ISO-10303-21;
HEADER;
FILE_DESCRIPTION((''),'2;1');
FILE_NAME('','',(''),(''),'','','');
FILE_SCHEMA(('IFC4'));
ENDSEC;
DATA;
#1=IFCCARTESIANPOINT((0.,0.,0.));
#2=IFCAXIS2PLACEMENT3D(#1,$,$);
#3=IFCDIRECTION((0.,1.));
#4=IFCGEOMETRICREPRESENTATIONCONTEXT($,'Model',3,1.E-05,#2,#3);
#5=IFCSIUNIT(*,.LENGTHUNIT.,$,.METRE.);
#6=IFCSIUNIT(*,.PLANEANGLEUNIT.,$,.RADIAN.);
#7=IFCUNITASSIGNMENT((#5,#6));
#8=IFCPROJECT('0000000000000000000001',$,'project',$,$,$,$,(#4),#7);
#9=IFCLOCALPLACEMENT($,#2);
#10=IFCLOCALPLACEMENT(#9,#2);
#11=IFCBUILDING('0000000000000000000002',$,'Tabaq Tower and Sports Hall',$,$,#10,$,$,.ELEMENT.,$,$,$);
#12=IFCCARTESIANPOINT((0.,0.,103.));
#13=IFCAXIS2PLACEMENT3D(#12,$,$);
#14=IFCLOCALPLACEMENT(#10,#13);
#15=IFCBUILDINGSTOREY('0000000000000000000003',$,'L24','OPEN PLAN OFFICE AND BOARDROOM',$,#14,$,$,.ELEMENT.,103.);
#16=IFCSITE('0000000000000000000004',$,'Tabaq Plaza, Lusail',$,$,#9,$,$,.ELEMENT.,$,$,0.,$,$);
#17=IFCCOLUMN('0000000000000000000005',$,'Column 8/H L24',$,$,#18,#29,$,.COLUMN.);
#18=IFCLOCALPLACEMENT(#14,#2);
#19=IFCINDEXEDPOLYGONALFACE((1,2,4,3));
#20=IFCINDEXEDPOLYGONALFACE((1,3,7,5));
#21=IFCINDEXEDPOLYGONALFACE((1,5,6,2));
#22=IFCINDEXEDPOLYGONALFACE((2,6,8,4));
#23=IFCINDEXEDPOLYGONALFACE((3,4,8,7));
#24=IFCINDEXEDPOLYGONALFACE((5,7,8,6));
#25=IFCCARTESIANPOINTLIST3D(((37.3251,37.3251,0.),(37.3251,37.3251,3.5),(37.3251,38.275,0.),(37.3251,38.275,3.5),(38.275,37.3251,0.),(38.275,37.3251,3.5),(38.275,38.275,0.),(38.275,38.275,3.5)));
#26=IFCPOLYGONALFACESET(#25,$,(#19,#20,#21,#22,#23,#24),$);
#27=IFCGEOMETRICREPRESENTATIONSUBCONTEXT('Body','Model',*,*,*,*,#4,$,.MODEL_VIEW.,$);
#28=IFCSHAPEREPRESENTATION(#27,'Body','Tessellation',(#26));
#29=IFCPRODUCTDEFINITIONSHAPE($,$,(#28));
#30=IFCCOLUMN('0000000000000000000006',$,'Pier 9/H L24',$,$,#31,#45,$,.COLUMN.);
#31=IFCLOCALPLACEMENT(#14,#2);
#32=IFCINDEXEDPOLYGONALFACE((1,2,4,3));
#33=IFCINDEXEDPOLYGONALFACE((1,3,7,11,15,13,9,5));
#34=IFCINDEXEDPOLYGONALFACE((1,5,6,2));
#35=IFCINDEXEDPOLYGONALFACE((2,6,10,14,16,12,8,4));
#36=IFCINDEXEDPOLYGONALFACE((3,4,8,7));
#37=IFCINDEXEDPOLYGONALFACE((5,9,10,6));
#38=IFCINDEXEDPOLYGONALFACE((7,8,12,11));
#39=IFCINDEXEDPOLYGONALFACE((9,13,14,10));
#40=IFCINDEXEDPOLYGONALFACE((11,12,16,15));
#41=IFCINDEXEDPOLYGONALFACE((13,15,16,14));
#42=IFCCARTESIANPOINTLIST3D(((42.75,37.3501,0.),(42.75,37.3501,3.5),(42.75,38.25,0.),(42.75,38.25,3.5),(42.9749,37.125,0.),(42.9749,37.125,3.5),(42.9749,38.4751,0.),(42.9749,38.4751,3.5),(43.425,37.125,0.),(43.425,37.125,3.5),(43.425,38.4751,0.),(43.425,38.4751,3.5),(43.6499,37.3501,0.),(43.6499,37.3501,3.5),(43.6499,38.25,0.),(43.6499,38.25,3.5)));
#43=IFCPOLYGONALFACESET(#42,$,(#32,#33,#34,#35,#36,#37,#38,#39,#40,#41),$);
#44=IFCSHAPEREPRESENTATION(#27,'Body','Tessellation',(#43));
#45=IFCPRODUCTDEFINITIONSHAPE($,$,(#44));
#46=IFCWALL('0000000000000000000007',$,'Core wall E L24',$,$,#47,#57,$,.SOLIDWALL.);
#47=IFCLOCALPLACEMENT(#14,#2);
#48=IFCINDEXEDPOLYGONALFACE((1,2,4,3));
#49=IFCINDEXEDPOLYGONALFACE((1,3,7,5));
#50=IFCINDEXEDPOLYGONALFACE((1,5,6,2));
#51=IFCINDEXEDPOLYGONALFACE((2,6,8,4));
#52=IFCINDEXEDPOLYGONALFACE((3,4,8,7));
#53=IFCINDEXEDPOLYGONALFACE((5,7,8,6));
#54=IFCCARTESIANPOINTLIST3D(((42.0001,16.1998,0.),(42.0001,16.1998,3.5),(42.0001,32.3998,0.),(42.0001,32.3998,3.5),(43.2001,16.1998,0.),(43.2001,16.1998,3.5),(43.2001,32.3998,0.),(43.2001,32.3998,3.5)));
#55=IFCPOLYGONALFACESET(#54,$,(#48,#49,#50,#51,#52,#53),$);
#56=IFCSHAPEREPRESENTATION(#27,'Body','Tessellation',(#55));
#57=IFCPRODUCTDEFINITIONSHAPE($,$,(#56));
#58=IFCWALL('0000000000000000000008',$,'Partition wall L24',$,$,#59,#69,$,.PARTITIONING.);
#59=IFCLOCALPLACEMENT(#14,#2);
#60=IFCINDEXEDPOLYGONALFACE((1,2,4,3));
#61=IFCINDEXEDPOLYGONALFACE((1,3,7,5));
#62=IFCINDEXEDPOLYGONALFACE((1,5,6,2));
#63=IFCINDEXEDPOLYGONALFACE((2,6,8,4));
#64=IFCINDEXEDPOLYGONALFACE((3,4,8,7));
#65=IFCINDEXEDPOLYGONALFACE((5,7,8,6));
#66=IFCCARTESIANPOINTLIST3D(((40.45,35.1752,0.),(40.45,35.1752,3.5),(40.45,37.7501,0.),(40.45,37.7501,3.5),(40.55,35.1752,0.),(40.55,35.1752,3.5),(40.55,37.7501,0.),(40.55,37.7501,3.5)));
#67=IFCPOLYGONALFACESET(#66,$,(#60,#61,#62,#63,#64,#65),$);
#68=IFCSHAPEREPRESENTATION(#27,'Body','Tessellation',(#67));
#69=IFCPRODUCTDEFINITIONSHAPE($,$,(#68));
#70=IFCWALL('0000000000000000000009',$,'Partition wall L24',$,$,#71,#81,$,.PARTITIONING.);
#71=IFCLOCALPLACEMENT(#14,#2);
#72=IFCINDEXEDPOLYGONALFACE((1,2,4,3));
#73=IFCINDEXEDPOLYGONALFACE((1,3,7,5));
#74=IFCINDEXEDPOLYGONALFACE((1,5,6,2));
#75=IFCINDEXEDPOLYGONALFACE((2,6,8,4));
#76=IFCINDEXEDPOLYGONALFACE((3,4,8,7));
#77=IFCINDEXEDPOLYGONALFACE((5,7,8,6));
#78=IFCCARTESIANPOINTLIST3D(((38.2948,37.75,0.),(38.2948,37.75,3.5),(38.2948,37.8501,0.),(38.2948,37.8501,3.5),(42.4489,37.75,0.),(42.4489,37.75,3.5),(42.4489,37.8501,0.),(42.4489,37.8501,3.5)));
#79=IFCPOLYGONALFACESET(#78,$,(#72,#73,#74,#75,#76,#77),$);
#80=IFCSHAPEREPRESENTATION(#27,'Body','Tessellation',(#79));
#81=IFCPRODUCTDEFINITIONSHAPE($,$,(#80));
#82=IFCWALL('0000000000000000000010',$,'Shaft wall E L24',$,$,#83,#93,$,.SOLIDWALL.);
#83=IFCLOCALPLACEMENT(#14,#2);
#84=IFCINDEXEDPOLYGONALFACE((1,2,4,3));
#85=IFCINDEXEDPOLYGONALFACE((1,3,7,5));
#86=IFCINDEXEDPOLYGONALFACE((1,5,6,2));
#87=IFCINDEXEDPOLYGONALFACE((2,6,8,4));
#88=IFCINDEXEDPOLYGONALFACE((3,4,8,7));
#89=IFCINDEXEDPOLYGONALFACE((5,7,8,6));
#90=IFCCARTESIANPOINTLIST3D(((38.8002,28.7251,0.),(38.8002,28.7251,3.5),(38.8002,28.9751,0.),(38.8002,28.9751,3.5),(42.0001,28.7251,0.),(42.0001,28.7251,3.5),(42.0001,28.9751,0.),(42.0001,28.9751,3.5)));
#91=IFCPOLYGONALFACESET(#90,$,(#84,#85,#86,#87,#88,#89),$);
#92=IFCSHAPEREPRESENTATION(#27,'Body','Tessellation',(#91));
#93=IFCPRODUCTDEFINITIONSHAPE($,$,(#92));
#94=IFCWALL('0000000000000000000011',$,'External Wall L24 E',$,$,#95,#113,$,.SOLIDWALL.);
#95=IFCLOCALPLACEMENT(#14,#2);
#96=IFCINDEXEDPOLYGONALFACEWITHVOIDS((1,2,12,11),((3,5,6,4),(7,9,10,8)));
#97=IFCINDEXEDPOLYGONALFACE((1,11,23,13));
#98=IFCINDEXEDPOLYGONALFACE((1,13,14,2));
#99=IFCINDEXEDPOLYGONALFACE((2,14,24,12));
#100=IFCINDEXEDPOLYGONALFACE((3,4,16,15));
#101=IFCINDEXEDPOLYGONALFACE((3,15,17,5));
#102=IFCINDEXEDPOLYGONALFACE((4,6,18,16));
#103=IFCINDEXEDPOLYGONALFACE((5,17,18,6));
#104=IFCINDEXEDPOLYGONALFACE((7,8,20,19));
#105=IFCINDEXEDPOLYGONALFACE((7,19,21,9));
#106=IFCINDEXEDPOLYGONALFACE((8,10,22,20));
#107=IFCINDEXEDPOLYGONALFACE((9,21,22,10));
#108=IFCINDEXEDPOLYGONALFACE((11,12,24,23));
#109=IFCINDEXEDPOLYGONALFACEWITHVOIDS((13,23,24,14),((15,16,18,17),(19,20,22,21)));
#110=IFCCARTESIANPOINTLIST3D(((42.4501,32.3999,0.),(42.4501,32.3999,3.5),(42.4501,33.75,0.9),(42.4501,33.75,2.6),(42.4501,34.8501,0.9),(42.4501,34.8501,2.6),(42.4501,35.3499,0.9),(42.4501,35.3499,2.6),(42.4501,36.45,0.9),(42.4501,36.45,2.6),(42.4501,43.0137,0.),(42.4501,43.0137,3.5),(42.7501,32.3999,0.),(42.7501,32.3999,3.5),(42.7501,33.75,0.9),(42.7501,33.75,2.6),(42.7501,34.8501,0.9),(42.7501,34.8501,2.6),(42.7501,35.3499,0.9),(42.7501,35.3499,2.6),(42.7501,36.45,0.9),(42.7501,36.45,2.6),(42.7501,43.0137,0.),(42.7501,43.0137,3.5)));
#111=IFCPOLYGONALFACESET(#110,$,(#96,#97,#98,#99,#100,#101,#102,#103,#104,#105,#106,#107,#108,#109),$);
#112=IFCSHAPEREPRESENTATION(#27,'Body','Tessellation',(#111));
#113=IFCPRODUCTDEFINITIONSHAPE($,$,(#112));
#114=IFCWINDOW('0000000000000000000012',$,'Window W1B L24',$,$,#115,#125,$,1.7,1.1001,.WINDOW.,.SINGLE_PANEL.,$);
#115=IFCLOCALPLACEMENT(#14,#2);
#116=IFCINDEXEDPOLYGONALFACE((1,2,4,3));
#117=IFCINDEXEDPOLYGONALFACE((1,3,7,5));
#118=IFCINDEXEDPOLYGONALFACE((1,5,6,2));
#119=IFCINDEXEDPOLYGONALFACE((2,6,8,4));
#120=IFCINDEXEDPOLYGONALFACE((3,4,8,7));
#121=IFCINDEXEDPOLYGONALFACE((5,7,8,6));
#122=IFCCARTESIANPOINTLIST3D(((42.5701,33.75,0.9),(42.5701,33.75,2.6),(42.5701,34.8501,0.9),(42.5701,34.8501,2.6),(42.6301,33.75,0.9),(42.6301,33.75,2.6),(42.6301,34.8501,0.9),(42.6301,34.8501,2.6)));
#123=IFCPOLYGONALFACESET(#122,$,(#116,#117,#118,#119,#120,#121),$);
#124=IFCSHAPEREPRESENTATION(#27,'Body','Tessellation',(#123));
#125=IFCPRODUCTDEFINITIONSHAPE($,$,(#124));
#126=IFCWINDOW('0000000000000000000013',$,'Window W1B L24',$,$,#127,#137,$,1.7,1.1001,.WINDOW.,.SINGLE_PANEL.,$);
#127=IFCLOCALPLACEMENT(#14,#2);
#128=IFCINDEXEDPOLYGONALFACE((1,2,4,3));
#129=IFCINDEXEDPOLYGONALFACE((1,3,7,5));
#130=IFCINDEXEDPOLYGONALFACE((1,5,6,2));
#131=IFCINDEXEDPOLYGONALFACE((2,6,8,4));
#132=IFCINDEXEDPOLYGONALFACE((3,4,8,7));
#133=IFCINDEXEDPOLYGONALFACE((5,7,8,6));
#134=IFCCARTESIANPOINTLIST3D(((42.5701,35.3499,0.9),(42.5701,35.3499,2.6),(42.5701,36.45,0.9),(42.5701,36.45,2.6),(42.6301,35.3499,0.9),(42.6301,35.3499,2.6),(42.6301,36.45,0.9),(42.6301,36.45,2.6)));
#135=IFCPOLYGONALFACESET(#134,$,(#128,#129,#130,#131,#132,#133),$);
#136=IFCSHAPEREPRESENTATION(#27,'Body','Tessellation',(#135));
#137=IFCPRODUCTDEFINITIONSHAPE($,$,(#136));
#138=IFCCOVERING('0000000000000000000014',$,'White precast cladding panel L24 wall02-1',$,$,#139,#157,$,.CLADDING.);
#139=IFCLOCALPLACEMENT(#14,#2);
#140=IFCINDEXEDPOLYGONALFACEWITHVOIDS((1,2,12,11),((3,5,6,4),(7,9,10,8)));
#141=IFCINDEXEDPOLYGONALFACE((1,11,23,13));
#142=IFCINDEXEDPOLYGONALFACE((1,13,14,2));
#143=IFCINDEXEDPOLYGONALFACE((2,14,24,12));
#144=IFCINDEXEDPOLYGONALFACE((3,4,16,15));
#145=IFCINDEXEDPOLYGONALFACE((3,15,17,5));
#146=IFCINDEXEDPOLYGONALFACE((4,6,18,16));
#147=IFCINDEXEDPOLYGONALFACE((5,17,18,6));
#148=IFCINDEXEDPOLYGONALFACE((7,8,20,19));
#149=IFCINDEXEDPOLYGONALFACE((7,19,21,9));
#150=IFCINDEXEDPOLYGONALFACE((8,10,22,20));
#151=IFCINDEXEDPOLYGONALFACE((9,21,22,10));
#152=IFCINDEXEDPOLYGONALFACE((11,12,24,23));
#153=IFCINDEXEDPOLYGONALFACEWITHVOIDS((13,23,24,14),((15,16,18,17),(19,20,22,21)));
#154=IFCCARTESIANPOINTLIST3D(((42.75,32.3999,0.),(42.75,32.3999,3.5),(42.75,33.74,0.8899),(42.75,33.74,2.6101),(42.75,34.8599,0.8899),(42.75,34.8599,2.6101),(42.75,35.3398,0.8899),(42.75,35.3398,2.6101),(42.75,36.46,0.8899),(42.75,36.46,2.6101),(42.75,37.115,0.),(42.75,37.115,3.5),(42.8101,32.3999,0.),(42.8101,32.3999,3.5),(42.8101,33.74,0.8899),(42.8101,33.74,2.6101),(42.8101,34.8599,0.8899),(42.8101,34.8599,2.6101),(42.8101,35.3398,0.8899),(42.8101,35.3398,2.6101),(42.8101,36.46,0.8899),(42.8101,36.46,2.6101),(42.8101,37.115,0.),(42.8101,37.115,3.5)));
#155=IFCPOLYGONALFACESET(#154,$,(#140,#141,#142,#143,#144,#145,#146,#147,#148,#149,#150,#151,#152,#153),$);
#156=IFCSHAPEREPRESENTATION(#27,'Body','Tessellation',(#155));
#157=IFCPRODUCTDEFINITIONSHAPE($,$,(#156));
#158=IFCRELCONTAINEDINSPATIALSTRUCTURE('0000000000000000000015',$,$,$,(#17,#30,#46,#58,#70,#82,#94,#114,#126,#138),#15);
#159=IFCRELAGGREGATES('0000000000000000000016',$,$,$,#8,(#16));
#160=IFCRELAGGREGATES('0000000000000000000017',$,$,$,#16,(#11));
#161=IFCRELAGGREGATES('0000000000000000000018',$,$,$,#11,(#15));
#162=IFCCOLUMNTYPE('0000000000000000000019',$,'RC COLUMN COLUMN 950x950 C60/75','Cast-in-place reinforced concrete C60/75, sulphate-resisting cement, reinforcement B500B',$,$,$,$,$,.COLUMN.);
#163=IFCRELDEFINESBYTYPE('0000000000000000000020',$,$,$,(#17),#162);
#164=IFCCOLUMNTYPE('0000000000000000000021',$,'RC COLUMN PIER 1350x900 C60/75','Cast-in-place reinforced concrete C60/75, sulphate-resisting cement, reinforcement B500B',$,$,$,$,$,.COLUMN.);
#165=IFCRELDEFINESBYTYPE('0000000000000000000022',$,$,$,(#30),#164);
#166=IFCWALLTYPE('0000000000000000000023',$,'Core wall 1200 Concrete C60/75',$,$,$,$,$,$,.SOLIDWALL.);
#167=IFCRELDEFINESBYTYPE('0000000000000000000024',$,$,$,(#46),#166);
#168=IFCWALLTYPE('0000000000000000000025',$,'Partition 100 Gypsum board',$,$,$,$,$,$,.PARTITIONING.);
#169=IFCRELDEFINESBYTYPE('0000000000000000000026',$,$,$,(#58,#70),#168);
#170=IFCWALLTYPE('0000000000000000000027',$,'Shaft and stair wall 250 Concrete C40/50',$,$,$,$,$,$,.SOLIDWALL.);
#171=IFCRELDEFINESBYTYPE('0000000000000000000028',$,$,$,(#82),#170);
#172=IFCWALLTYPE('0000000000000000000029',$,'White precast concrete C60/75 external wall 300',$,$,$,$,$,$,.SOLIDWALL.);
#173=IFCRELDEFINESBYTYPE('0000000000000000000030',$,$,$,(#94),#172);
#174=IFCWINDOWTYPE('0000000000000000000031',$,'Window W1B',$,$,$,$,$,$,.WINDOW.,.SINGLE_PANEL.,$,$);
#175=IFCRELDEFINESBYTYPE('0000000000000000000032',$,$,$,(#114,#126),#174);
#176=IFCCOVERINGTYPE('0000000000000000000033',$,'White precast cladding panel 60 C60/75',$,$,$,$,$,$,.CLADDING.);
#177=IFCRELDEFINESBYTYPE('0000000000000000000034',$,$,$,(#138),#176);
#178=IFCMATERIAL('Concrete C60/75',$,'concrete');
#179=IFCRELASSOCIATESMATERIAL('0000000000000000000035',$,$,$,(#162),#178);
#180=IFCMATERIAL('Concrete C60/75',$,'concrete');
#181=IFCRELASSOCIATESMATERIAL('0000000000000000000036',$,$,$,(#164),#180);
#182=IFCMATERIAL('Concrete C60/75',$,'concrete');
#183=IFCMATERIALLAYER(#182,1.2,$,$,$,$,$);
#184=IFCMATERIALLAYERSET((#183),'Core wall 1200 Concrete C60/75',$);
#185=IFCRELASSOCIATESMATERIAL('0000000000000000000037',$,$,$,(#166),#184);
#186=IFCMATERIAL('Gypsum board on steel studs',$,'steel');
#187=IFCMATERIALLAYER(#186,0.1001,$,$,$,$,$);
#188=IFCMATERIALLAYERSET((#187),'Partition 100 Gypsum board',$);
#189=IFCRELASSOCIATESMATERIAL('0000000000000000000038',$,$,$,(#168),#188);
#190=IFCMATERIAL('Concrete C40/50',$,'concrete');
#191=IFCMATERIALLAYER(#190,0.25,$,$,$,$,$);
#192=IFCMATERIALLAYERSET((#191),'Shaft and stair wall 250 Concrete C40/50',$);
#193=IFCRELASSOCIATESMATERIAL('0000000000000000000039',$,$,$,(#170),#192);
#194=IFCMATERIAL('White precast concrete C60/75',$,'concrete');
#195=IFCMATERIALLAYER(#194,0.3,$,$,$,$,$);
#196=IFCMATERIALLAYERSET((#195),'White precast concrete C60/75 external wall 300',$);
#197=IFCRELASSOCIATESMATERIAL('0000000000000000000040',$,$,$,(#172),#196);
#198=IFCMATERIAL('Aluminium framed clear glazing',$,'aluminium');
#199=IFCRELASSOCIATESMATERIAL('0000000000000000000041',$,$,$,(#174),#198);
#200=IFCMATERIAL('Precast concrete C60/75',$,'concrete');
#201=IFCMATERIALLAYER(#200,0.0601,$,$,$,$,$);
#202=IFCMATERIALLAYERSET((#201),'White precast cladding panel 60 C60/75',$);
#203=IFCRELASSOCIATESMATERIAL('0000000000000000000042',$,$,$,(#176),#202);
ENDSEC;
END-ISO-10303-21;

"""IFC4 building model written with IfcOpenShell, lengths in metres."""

from ifc_helpers import new_model, si_unit, direction, frame, frame_2d, origin, origin_2d, place, context, subcontext, project, spatial, polyline, rectangle, outline, extrude, material, layer, layer_set, material_profile, profile_set, type_object, element, fill, save


model = new_model("IFC4")

# Units and contexts
model_context = context("Model", 3, precision=1e-05, world=origin(), true_north=direction((0.0, 1.0)))
body_context = subcontext(model_context, "Body", "Model", "MODEL_VIEW")
ifc_project = project(units=[si_unit("LENGTHUNIT", "METRE"), si_unit("PLANEANGLEUNIT", "RADIAN")], contexts=[model_context])

# Site, building, storey
site_placement = place(None, origin())
site = spatial("IfcSite", under=ifc_project, at=site_placement, Name="Tabaq Plaza, Lusail", CompositionType="ELEMENT", RefElevation=0.0)
building_placement = place(site_placement, origin())
building = spatial("IfcBuilding", under=site, at=building_placement, Name="Tabaq Tower and Sports Hall", CompositionType="ELEMENT")
storey_placement = place(building_placement, frame((0.0, 0.0, 103.0)))
storey = spatial("IfcBuildingStorey", under=building, at=storey_placement, Name="L24", Description="OPEN PLAN OFFICE AND BOARDROOM", CompositionType="ELEMENT", Elevation=103.0)

# Columns
ifc_material_1 = material(Name="Concrete C60/75", Category="concrete")
ifc_material_profile_1 = material_profile(ifc_material_1, rectangle(XDim=0.95, YDim=0.95, at=origin_2d()), Name="COLUMN 950x950")
ifc_profile_set_1 = profile_set([ifc_material_profile_1], Name="Concrete C60/75")
column_type_1 = type_object("IfcColumnType", Name="RC COLUMN COLUMN 950x950 C60/75", Description="Cast-in-place reinforced concrete C60/75, sulphate-resisting cement, reinforcement B500B", PredefinedType="COLUMN", material=ifc_profile_set_1)
column_1_placement = place(storey_placement, frame((37.8, 37.8, 0.0), z_axis=(0.0, 0.0, 1.0), x_axis=(1.0, 0.0, 0.0)))
element("IfcColumn", 1, at=column_1_placement, inside=storey, type_object=column_type_1, Name="Column 8/H L24", PredefinedType="COLUMN", context=body_context, shape_type="SweptSolid", body=[
    extrude(rectangle(XDim=0.95, YDim=0.95, at=origin_2d()), origin(), (0.0, 0.0, 1.0), 3.5),
])
ifc_material_2 = material(Name="Concrete C60/75", Category="concrete")
ifc_material_profile_2 = material_profile(ifc_material_2, outline(polyline([(-0.45, -0.45), (0.45, -0.45), (0.675, -0.2251), (0.675, 0.2251), (0.45, 0.45), (-0.45, 0.45), (-0.675, 0.2251), (-0.675, -0.2251), (-0.45, -0.45)])), Name="PIER 1350x900")
ifc_profile_set_2 = profile_set([ifc_material_profile_2], Name="Concrete C60/75")
column_type_2 = type_object("IfcColumnType", Name="RC COLUMN PIER 1350x900 C60/75", Description="Cast-in-place reinforced concrete C60/75, sulphate-resisting cement, reinforcement B500B", PredefinedType="COLUMN", material=ifc_profile_set_2)
column_2_placement = place(storey_placement, frame((43.2, 37.8, 0.0), z_axis=(0.0, 0.0, 1.0), x_axis=(0.0, 1.0, 0.0)))
element("IfcColumn", 2, at=column_2_placement, inside=storey, type_object=column_type_2, Name="Pier 9/H L24", PredefinedType="COLUMN", context=body_context, shape_type="SweptSolid", body=[
    extrude(outline(polyline([(-0.45, -0.45), (0.45, -0.45), (0.675, -0.2251), (0.675, 0.2251), (0.45, 0.45), (-0.45, 0.45), (-0.675, 0.2251), (-0.675, -0.2251), (-0.45, -0.45)])), origin(), (0.0, 0.0, 1.0), 3.5),
])

# Walls
ifc_material_3 = material(Name="Concrete C60/75", Category="concrete")
ifc_layer_1 = layer(ifc_material_3, 1.2)
ifc_layer_set_1 = layer_set([ifc_layer_1], Name="Core wall 1200 Concrete C60/75")
wall_type_1 = type_object("IfcWallType", Name="Core wall 1200 Concrete C60/75", PredefinedType="SOLIDWALL", material=ifc_layer_set_1)
wall_1_placement = place(storey_placement, frame((42.6001, 32.3999, 0.0), z_axis=(0.0, 0.0, 1.0), x_axis=(0.0, -1.0, 0.0)))
element("IfcWall", 3, at=wall_1_placement, inside=storey, type_object=wall_type_1, Name="Core wall E L24", PredefinedType="SOLIDWALL", context=body_context, shape_type="SweptSolid", body=[
    extrude(rectangle(XDim=16.2, YDim=1.2, at=frame_2d((8.1001, 0.0))), origin(), (0.0, 0.0, 1.0), 3.5),
])
ifc_material_4 = material(Name="Gypsum board on steel studs", Category="steel")
ifc_layer_2 = layer(ifc_material_4, 0.1001)
ifc_layer_set_2 = layer_set([ifc_layer_2], Name="Partition 100 Gypsum board")
wall_type_2 = type_object("IfcWallType", Name="Partition 100 Gypsum board", PredefinedType="PARTITIONING", material=ifc_layer_set_2)
wall_2_placement = place(storey_placement, frame((40.5, 35.175, 0.0), z_axis=(0.0, 0.0, 1.0), x_axis=(0.0, 1.0, 0.0)))
element("IfcWall", 4, at=wall_2_placement, inside=storey, type_object=wall_type_2, Name="Partition wall L24", PredefinedType="PARTITIONING", context=body_context, shape_type="SweptSolid", body=[
    extrude(rectangle(XDim=2.575, YDim=0.1001, at=frame_2d((1.2876, 0.0))), origin(), (0.0, 0.0, 1.0), 3.5),
])
wall_3_placement = place(storey_placement, frame((42.449, 37.8, 0.0), z_axis=(0.0, 0.0, 1.0), x_axis=(-1.0, 0.0, 0.0)))
element("IfcWall", 5, at=wall_3_placement, inside=storey, type_object=wall_type_2, Name="Partition wall L24", PredefinedType="PARTITIONING", context=body_context, shape_type="SweptSolid", body=[
    extrude(rectangle(XDim=4.1541, YDim=0.1001, at=frame_2d((2.0771, 0.0))), origin(), (0.0, 0.0, 1.0), 3.5),
])

# Wall
ifc_material_5 = material(Name="Concrete C40/50", Category="concrete")
ifc_layer_3 = layer(ifc_material_5, 0.25)
ifc_layer_set_3 = layer_set([ifc_layer_3], Name="Shaft and stair wall 250 Concrete C40/50")
wall_type_3 = type_object("IfcWallType", Name="Shaft and stair wall 250 Concrete C40/50", PredefinedType="SOLIDWALL", material=ifc_layer_set_3)
wall_4_placement = place(storey_placement, frame((38.8, 28.8501, 0.0), z_axis=(0.0, 0.0, 1.0), x_axis=(1.0, 0.0, 0.0)))
element("IfcWall", 6, at=wall_4_placement, inside=storey, type_object=wall_type_3, Name="Shaft wall E L24", PredefinedType="SOLIDWALL", context=body_context, shape_type="SweptSolid", body=[
    extrude(rectangle(XDim=3.2, YDim=0.25, at=frame_2d((1.6001, 0.0))), origin(), (0.0, 0.0, 1.0), 3.5),
])

# Wall, openings, windows
ifc_material_6 = material(Name="White precast concrete C60/75", Category="concrete")
ifc_layer_4 = layer(ifc_material_6, 0.3)
ifc_layer_set_4 = layer_set([ifc_layer_4], Name="White precast concrete C60/75 external wall 300")
wall_type_4 = type_object("IfcWallType", Name="White precast concrete C60/75 external wall 300", PredefinedType="SOLIDWALL", material=ifc_layer_set_4)
wall_5_placement = place(storey_placement, frame((42.6001, 32.3999, 0.0), z_axis=(0.0, 0.0, 1.0), x_axis=(0.0, 1.0, 0.0)))
wall_5 = element("IfcWall", 7, at=wall_5_placement, inside=storey, type_object=wall_type_4, Name="External Wall L24 E", PredefinedType="SOLIDWALL", context=body_context, shape_type="SweptSolid", body=[
    extrude(rectangle(XDim=10.6138, YDim=0.3, at=frame_2d((5.3069, 0.0))), origin(), (0.0, 0.0, 1.0), 3.5),
])
opening_1_placement = place(wall_5_placement, frame((1.3501, 0.0, 0.8999)))
opening_1 = element("IfcOpeningElement", 8, at=opening_1_placement, cuts=wall_5, PredefinedType="OPENING", context=body_context, shape_type="SweptSolid", body=[
    extrude(rectangle(XDim=1.1001, YDim=1.7, at=frame_2d((0.55, 0.8501))), frame((0.0, 0.1602, 0.0), z_axis=(0.0, -1.0, 0.0), x_axis=(1.0, 0.0, 0.0)), (0.0, 0.0, 1.0), 0.3201),
])
opening_2_placement = place(wall_5_placement, frame((2.95, 0.0, 0.8999)))
opening_2 = element("IfcOpeningElement", 9, at=opening_2_placement, cuts=wall_5, PredefinedType="OPENING", context=body_context, shape_type="SweptSolid", body=[
    extrude(rectangle(XDim=1.1001, YDim=1.7, at=frame_2d((0.55, 0.8501))), frame((0.0, 0.1602, 0.0), z_axis=(0.0, -1.0, 0.0), x_axis=(1.0, 0.0, 0.0)), (0.0, 0.0, 1.0), 0.3201),
])
ifc_material_7 = material(Name="Aluminium framed clear glazing", Category="aluminium")
window_type = type_object("IfcWindowType", Name="Window W1B", PartitioningType="SINGLE_PANEL", PredefinedType="WINDOW", material=ifc_material_7)
window_1_placement = place(opening_1_placement, origin())
window_1 = element("IfcWindow", 10, at=window_1_placement, inside=storey, type_object=window_type, Name="Window W1B L24", OverallHeight=1.7, OverallWidth=1.1001, PartitioningType="SINGLE_PANEL", PredefinedType="WINDOW", context=body_context, shape_type="SweptSolid", body=[
    extrude(rectangle(XDim=1.1001, YDim=1.7, at=frame_2d((0.55, 0.8501))), frame((0.0, 0.03, 0.0), z_axis=(0.0, -1.0, 0.0), x_axis=(1.0, 0.0, 0.0)), (0.0, 0.0, 1.0), 0.0601),
])
fill(opening_1, window_1)
window_2_placement = place(opening_2_placement, origin())
window_2 = element("IfcWindow", 11, at=window_2_placement, inside=storey, type_object=window_type, Name="Window W1B L24", OverallHeight=1.7, OverallWidth=1.1001, PartitioningType="SINGLE_PANEL", PredefinedType="WINDOW", context=body_context, shape_type="SweptSolid", body=[
    extrude(rectangle(XDim=1.1001, YDim=1.7, at=frame_2d((0.55, 0.8501))), frame((0.0, 0.03, 0.0), z_axis=(0.0, -1.0, 0.0), x_axis=(1.0, 0.0, 0.0)), (0.0, 0.0, 1.0), 0.0601),
])
fill(opening_2, window_2)

# Covering
ifc_material_8 = material(Name="Precast concrete C60/75", Category="concrete")
ifc_layer_5 = layer(ifc_material_8, 0.0601)
ifc_layer_set_5 = layer_set([ifc_layer_5], Name="White precast cladding panel 60 C60/75")
covering_type = type_object("IfcCoveringType", Name="White precast cladding panel 60 C60/75", PredefinedType="CLADDING", material=ifc_layer_set_5)
covering_placement = place(storey_placement, frame((42.78, 32.3999, 0.0), z_axis=(0.0, 0.0, 1.0), x_axis=(0.0, 1.0, 0.0)))
element("IfcCovering", 12, at=covering_placement, inside=storey, type_object=covering_type, Name="White precast cladding panel L24 wall02-1", PredefinedType="CLADDING", context=body_context, shape_type="SweptSolid", body=[
    extrude(outline(polyline([(0.0, 0.0), (4.7151, 0.0), (4.7151, 3.5), (0.0, 3.5), (0.0, 0.0)]), holes=[polyline([(1.3401, 2.6101), (2.46, 2.6101), (2.46, 0.8899), (1.3401, 0.8899), (1.3401, 2.6101)]), polyline([(2.9399, 2.6101), (4.0601, 2.6101), (4.0601, 0.8899), (2.9399, 0.8899), (2.9399, 2.6101)])]), frame((0.0, 0.03, 0.0), z_axis=(0.0, -1.0, 0.0), x_axis=(1.0, 0.0, 0.0)), (0.0, 0.0, 1.0), 0.0601),
])

save(model, "model.ifc")
